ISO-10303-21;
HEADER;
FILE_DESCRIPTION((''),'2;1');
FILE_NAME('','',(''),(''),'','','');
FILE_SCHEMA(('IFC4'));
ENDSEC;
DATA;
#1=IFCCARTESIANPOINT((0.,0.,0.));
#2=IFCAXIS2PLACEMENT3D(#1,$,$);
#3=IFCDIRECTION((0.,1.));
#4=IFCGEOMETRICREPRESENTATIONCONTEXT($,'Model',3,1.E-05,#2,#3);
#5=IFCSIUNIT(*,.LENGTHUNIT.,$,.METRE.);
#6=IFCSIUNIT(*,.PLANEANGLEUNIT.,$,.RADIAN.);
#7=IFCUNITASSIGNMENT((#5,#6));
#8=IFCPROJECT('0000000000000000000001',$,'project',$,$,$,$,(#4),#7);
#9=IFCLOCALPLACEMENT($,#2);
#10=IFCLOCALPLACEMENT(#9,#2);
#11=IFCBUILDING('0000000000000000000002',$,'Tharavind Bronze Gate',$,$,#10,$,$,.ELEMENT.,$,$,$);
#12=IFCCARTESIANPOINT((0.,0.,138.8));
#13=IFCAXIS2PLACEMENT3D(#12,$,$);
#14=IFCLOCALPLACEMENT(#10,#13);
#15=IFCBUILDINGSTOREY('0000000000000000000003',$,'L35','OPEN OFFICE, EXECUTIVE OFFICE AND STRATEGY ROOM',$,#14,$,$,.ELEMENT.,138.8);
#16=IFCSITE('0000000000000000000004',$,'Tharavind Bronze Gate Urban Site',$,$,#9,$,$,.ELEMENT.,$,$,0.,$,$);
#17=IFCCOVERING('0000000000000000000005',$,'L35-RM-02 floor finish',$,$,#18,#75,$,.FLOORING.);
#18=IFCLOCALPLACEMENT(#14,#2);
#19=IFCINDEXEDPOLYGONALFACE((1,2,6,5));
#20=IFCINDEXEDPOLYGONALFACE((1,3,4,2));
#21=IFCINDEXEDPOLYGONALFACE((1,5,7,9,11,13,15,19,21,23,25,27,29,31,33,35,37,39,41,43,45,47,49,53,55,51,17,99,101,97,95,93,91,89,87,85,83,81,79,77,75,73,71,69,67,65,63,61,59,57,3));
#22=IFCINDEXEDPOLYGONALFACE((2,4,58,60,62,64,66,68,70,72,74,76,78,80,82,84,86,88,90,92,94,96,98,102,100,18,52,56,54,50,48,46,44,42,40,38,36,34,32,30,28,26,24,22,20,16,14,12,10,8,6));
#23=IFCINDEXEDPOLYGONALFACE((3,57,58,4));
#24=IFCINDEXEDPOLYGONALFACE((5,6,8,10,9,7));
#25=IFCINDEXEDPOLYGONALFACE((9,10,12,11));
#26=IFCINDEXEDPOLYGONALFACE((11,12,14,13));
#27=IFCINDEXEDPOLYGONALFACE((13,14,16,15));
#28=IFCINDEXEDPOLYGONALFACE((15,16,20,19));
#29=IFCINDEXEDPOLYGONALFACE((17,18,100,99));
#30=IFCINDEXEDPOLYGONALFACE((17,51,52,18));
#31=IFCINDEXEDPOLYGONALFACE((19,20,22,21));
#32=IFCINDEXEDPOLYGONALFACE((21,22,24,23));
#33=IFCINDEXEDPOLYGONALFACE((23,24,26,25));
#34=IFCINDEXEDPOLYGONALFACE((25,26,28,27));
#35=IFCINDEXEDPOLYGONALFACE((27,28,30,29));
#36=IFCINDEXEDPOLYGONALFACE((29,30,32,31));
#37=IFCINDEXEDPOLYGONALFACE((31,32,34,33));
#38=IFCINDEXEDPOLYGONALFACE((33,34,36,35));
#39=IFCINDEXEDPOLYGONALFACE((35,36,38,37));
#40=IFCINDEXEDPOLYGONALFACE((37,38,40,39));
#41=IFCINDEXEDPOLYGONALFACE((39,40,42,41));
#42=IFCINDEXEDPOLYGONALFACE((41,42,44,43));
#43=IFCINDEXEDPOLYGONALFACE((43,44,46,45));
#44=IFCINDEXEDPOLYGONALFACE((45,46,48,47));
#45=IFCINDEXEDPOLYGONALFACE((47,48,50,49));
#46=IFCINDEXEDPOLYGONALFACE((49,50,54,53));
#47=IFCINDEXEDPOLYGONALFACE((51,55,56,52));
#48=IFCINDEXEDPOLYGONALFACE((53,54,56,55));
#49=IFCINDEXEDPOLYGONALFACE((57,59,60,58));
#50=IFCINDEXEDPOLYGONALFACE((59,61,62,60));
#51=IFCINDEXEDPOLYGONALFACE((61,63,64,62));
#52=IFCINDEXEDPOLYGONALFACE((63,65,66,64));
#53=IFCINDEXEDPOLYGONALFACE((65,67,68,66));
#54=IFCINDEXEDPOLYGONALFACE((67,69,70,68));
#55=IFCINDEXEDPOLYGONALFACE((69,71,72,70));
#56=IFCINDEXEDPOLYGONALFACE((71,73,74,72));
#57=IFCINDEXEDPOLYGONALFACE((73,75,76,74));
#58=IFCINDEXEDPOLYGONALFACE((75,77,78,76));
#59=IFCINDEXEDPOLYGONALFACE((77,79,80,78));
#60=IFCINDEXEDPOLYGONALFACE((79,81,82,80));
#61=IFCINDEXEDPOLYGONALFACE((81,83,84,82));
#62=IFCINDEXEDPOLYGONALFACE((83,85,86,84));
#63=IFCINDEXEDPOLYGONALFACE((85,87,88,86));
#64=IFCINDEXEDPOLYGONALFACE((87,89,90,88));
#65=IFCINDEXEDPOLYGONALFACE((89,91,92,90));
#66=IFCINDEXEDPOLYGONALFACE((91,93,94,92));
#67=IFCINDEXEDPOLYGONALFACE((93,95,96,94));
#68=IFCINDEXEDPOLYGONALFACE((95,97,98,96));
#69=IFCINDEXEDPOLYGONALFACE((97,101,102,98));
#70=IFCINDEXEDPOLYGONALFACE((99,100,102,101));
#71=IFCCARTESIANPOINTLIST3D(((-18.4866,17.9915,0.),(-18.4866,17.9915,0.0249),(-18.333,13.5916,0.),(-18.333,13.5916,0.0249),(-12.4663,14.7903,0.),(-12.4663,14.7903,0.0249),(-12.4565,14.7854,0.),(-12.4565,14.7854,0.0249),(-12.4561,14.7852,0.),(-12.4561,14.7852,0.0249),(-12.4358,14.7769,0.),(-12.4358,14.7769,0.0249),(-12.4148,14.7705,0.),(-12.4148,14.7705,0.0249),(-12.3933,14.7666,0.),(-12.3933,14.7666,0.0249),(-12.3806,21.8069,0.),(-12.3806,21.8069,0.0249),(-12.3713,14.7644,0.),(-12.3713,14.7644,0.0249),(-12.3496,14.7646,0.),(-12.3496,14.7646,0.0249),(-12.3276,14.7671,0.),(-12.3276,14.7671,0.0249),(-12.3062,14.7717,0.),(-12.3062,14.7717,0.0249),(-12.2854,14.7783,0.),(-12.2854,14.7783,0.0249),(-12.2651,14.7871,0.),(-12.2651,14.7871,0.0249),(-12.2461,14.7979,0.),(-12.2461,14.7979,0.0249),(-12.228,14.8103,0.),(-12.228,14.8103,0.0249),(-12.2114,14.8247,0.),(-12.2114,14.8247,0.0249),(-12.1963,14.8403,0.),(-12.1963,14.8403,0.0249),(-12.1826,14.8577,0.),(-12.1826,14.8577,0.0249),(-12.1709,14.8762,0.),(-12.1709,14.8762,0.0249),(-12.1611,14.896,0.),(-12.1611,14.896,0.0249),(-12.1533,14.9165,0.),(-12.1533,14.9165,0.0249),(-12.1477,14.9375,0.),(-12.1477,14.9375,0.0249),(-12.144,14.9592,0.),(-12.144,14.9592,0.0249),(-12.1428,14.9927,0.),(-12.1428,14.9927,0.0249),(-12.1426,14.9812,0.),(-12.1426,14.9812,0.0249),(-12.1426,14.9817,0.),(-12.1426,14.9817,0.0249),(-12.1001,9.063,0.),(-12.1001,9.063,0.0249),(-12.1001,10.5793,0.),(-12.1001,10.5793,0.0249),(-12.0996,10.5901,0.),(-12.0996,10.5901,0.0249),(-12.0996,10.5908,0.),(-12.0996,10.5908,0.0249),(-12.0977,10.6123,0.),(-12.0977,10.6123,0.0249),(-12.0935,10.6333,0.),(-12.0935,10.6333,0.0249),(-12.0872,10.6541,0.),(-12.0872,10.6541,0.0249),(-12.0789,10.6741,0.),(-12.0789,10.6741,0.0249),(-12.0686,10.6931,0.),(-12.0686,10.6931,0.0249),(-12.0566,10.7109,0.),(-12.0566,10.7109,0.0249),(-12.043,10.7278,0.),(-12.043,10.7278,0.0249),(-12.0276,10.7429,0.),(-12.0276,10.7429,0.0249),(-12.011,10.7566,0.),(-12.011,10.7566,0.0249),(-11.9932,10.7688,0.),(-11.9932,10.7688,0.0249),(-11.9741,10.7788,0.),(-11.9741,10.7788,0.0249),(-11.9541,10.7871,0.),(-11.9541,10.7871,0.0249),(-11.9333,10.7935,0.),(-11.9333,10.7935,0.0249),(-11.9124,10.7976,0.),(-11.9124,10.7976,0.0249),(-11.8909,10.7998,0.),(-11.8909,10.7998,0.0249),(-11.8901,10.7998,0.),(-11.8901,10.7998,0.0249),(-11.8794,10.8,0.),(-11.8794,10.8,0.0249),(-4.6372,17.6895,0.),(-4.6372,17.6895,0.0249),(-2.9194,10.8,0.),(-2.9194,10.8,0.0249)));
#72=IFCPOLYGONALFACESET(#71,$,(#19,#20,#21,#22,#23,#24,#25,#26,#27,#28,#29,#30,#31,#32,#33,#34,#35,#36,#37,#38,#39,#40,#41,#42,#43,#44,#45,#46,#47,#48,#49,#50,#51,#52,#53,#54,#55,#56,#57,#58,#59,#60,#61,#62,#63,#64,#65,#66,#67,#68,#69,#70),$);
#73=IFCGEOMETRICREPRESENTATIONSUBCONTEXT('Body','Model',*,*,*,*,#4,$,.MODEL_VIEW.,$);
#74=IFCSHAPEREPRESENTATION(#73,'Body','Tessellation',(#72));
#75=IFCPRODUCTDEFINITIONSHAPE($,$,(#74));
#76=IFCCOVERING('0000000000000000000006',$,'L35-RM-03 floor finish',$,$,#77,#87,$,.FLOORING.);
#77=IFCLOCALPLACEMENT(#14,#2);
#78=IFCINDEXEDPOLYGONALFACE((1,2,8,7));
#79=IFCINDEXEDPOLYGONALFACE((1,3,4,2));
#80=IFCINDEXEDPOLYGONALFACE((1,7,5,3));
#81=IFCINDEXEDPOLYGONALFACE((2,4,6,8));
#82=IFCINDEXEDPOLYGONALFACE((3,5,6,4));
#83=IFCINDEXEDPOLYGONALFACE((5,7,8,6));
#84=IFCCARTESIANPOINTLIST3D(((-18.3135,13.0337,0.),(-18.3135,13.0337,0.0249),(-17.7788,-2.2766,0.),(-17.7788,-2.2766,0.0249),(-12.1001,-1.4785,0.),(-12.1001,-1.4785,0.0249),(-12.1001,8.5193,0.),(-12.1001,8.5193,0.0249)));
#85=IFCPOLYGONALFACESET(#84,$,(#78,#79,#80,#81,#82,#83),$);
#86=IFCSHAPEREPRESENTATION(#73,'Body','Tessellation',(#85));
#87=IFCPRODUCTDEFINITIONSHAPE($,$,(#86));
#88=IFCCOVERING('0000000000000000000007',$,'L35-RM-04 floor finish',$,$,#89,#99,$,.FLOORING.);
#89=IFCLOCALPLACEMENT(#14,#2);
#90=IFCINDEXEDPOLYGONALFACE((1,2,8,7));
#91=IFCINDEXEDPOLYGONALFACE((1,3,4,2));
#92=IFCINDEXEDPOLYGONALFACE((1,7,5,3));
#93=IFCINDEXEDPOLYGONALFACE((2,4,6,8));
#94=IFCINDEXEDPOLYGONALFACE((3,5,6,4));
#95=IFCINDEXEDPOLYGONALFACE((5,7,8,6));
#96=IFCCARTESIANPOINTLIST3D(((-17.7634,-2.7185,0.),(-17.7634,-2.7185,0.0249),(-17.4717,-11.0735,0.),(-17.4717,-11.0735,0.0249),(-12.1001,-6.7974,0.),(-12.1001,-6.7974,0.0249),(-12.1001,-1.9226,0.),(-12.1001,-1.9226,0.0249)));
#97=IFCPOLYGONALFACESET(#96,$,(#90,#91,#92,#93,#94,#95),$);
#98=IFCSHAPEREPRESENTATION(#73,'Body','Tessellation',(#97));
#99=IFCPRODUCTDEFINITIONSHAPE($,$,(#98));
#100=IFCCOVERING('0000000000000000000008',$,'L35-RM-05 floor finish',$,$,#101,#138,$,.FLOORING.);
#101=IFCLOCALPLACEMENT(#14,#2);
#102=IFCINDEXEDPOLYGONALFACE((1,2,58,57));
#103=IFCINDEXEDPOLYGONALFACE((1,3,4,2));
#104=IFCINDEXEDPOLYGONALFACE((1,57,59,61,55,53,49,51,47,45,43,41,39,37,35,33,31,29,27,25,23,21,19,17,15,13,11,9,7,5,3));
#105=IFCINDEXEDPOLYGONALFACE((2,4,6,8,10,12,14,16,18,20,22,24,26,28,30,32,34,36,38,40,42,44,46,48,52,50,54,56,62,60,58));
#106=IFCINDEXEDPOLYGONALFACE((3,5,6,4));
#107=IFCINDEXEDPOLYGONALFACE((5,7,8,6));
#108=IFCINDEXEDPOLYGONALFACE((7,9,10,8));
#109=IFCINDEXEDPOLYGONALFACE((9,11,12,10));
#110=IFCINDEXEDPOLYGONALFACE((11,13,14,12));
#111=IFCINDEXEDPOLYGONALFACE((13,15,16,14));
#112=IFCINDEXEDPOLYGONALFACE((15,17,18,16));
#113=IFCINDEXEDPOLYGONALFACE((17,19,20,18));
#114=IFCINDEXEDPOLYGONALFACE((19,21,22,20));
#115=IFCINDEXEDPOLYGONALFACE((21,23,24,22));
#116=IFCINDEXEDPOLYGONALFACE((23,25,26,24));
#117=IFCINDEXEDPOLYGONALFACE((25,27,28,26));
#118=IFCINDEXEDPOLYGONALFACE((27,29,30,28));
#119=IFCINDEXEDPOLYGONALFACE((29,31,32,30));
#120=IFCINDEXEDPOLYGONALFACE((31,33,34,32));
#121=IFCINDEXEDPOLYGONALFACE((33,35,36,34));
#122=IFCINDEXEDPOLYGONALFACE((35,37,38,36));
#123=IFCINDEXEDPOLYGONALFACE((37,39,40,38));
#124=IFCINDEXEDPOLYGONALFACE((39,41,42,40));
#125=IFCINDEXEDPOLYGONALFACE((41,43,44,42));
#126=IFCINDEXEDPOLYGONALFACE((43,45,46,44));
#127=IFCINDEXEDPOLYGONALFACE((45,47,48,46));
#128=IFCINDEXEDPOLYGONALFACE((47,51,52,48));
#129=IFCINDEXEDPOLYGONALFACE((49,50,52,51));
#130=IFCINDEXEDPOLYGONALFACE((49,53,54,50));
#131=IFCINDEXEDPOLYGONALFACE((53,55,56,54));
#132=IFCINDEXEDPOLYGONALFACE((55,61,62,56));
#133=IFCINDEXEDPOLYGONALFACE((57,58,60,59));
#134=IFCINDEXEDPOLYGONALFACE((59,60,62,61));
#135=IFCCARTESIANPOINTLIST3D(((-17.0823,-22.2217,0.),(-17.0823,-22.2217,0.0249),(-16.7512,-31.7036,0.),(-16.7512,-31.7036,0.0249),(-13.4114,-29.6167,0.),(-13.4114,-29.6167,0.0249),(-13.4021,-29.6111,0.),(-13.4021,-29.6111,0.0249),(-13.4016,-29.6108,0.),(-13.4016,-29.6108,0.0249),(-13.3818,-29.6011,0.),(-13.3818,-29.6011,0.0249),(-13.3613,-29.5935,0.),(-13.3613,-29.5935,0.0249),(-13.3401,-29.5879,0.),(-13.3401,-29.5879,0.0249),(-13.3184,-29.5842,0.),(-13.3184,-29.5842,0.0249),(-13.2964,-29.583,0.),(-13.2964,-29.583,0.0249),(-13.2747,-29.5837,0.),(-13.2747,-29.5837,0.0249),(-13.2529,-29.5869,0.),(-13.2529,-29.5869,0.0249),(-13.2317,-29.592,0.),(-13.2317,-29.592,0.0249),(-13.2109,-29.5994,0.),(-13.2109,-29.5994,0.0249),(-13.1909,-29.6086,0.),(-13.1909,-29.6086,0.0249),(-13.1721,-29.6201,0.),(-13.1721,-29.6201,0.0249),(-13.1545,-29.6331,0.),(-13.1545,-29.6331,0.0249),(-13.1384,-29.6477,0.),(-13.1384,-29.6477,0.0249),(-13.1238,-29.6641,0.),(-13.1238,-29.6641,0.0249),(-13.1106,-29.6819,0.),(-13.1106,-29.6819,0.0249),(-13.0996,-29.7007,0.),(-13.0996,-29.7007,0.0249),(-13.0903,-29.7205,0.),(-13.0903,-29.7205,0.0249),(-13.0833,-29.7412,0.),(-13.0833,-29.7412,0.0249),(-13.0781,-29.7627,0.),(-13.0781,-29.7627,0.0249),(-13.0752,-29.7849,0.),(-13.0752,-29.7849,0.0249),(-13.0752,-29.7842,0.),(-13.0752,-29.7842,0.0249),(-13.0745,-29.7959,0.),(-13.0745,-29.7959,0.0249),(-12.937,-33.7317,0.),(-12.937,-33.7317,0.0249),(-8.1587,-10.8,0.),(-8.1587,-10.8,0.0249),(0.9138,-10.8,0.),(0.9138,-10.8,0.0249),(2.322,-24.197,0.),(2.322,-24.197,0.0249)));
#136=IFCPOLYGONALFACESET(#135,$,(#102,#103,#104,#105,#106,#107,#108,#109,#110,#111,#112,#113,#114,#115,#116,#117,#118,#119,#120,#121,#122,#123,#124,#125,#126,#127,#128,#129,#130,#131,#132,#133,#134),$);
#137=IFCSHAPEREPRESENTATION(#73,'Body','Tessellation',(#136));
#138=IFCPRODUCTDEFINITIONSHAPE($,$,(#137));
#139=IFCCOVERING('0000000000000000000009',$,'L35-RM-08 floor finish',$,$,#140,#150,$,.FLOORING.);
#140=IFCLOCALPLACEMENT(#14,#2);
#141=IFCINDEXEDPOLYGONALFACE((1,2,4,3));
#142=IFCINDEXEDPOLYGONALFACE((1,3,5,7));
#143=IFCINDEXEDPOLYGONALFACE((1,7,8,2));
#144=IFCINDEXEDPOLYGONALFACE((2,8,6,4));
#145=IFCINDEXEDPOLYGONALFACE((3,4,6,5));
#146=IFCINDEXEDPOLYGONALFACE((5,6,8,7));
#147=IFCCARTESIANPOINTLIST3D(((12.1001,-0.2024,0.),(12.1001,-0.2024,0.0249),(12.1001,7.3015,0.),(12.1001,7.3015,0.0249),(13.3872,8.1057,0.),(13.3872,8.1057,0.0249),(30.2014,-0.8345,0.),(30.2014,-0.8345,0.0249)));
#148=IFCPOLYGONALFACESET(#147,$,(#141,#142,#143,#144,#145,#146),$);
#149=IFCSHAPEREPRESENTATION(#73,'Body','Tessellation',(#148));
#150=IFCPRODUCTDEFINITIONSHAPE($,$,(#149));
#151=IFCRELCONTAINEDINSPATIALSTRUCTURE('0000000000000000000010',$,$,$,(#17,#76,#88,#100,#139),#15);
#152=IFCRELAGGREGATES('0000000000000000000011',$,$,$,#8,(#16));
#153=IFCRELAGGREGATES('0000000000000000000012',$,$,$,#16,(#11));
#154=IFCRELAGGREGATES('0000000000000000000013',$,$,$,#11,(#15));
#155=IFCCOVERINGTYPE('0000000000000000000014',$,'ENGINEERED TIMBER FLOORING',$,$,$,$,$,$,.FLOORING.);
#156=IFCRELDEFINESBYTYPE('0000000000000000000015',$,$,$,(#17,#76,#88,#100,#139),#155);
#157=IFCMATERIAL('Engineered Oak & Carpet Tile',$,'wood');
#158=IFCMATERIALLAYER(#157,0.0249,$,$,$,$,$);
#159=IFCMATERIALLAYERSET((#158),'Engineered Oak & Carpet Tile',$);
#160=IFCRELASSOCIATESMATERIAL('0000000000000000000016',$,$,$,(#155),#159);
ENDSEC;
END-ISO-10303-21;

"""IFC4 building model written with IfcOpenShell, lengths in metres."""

from ifc_helpers import new_model, si_unit, direction, frame, origin, place, context, subcontext, project, spatial, polyline, outline, extrude, material, layer, layer_set, type_object, element, save


model = new_model("IFC4")

# Units and contexts
model_context = context("Model", 3, precision=1e-05, world=origin(), true_north=direction((0.0, 1.0)))
body_context = subcontext(model_context, "Body", "Model", "MODEL_VIEW")
ifc_project = project(units=[si_unit("LENGTHUNIT", "METRE"), si_unit("PLANEANGLEUNIT", "RADIAN")], contexts=[model_context])

# Site, building, storey
site_placement = place(None, origin())
site = spatial("IfcSite", under=ifc_project, at=site_placement, Name="Tharavind Bronze Gate Urban Site", CompositionType="ELEMENT", RefElevation=0.0)
building_placement = place(site_placement, origin())
building = spatial("IfcBuilding", under=site, at=building_placement, Name="Tharavind Bronze Gate", CompositionType="ELEMENT")
storey_placement = place(building_placement, frame((0.0, 0.0, 138.8)))
storey = spatial("IfcBuildingStorey", under=building, at=storey_placement, Name="L35", Description="OPEN OFFICE, EXECUTIVE OFFICE AND STRATEGY ROOM", CompositionType="ELEMENT", Elevation=138.8)

# Coverings
ifc_material_1 = material(Name="Engineered Oak & Carpet Tile", Category="wood")
ifc_layer_1 = layer(ifc_material_1, 0.0249)
ifc_layer_set_1 = layer_set([ifc_layer_1], Name="Engineered Oak & Carpet Tile")
covering_type_1 = type_object("IfcCoveringType", Name="ENGINEERED TIMBER FLOORING", PredefinedType="FLOORING", material=ifc_layer_set_1)
covering_1_placement = place(storey_placement, origin())
element("IfcCovering", 1, at=covering_1_placement, inside=storey, type_object=covering_type_1, Name="L35-RM-02 floor finish", PredefinedType="FLOORING", context=body_context, shape_type="SweptSolid", body=[
    extrude(outline(polyline([(-18.333, 13.5916), (-12.1001, 9.063), (-12.1001, 10.5793), (-12.0996, 10.5901), (-12.0996, 10.5908), (-12.0977, 10.6123), (-12.0935, 10.6333), (-12.0872, 10.6541), (-12.0789, 10.6741), (-12.0686, 10.6931), (-12.0566, 10.7109), (-12.043, 10.7278), (-12.0276, 10.7429), (-12.011, 10.7566), (-11.9932, 10.7688), (-11.9741, 10.7788), (-11.9541, 10.7871), (-11.9333, 10.7935), (-11.9124, 10.7976), (-11.8909, 10.7998), (-11.8901, 10.7998), (-11.8794, 10.8), (-2.9194, 10.8), (-4.6372, 17.6895), (-12.3806, 21.8069), (-12.1428, 14.9927), (-12.1426, 14.9817), (-12.1426, 14.9812), (-12.144, 14.9592), (-12.1477, 14.9375), (-12.1533, 14.9165), (-12.1611, 14.896), (-12.1709, 14.8762), (-12.1826, 14.8577), (-12.1963, 14.8403), (-12.2114, 14.8247), (-12.228, 14.8103), (-12.2461, 14.7979), (-12.2651, 14.7871), (-12.2854, 14.7783), (-12.3062, 14.7717), (-12.3276, 14.7671), (-12.3496, 14.7646), (-12.3713, 14.7644), (-12.3933, 14.7666), (-12.4148, 14.7705), (-12.4358, 14.7769), (-12.4561, 14.7852), (-12.4565, 14.7854), (-12.4663, 14.7903), (-18.4866, 17.9915), (-18.333, 13.5916)])), origin(), (0.0, 0.0, 1.0), 0.0249),
])
covering_2_placement = place(storey_placement, origin())
element("IfcCovering", 2, at=covering_2_placement, inside=storey, type_object=covering_type_1, Name="L35-RM-03 floor finish", PredefinedType="FLOORING", context=body_context, shape_type="SweptSolid", body=[
    extrude(outline(polyline([(-17.7788, -2.2766), (-12.1001, -1.4785), (-12.1001, 8.5193), (-18.3135, 13.0337), (-17.7788, -2.2766)])), origin(), (0.0, 0.0, 1.0), 0.0249),
])
covering_3_placement = place(storey_placement, origin())
element("IfcCovering", 3, at=covering_3_placement, inside=storey, type_object=covering_type_1, Name="L35-RM-04 floor finish", PredefinedType="FLOORING", context=body_context, shape_type="SweptSolid", body=[
    extrude(outline(polyline([(-17.4717, -11.0735), (-12.1001, -6.7974), (-12.1001, -1.9226), (-17.7634, -2.7185), (-17.4717, -11.0735)])), origin(), (0.0, 0.0, 1.0), 0.0249),
])
covering_4_placement = place(storey_placement, origin())
element("IfcCovering", 4, at=covering_4_placement, inside=storey, type_object=covering_type_1, Name="L35-RM-05 floor finish", PredefinedType="FLOORING", context=body_context, shape_type="SweptSolid", body=[
    extrude(outline(polyline([(-16.7512, -31.7036), (-13.4114, -29.6167), (-13.4021, -29.6111), (-13.4016, -29.6108), (-13.3818, -29.6011), (-13.3613, -29.5935), (-13.3401, -29.5879), (-13.3184, -29.5842), (-13.2964, -29.583), (-13.2747, -29.5837), (-13.2529, -29.5869), (-13.2317, -29.592), (-13.2109, -29.5994), (-13.1909, -29.6086), (-13.1721, -29.6201), (-13.1545, -29.6331), (-13.1384, -29.6477), (-13.1238, -29.6641), (-13.1106, -29.6819), (-13.0996, -29.7007), (-13.0903, -29.7205), (-13.0833, -29.7412), (-13.0781, -29.7627), (-13.0752, -29.7842), (-13.0752, -29.7849), (-13.0745, -29.7959), (-12.937, -33.7317), (2.322, -24.197), (0.9138, -10.8), (-8.1587, -10.8), (-17.0823, -22.2217), (-16.7512, -31.7036)])), origin(), (0.0, 0.0, 1.0), 0.0249),
])
covering_5_placement = place(storey_placement, origin())
element("IfcCovering", 5, at=covering_5_placement, inside=storey, type_object=covering_type_1, Name="L35-RM-08 floor finish", PredefinedType="FLOORING", context=body_context, shape_type="SweptSolid", body=[
    extrude(outline(polyline([(30.2014, -0.8345), (13.3872, 8.1057), (12.1001, 7.3015), (12.1001, -0.2024), (30.2014, -0.8345)])), origin(), (0.0, 0.0, 1.0), 0.0249),
])

save(model, "model.ifc")
